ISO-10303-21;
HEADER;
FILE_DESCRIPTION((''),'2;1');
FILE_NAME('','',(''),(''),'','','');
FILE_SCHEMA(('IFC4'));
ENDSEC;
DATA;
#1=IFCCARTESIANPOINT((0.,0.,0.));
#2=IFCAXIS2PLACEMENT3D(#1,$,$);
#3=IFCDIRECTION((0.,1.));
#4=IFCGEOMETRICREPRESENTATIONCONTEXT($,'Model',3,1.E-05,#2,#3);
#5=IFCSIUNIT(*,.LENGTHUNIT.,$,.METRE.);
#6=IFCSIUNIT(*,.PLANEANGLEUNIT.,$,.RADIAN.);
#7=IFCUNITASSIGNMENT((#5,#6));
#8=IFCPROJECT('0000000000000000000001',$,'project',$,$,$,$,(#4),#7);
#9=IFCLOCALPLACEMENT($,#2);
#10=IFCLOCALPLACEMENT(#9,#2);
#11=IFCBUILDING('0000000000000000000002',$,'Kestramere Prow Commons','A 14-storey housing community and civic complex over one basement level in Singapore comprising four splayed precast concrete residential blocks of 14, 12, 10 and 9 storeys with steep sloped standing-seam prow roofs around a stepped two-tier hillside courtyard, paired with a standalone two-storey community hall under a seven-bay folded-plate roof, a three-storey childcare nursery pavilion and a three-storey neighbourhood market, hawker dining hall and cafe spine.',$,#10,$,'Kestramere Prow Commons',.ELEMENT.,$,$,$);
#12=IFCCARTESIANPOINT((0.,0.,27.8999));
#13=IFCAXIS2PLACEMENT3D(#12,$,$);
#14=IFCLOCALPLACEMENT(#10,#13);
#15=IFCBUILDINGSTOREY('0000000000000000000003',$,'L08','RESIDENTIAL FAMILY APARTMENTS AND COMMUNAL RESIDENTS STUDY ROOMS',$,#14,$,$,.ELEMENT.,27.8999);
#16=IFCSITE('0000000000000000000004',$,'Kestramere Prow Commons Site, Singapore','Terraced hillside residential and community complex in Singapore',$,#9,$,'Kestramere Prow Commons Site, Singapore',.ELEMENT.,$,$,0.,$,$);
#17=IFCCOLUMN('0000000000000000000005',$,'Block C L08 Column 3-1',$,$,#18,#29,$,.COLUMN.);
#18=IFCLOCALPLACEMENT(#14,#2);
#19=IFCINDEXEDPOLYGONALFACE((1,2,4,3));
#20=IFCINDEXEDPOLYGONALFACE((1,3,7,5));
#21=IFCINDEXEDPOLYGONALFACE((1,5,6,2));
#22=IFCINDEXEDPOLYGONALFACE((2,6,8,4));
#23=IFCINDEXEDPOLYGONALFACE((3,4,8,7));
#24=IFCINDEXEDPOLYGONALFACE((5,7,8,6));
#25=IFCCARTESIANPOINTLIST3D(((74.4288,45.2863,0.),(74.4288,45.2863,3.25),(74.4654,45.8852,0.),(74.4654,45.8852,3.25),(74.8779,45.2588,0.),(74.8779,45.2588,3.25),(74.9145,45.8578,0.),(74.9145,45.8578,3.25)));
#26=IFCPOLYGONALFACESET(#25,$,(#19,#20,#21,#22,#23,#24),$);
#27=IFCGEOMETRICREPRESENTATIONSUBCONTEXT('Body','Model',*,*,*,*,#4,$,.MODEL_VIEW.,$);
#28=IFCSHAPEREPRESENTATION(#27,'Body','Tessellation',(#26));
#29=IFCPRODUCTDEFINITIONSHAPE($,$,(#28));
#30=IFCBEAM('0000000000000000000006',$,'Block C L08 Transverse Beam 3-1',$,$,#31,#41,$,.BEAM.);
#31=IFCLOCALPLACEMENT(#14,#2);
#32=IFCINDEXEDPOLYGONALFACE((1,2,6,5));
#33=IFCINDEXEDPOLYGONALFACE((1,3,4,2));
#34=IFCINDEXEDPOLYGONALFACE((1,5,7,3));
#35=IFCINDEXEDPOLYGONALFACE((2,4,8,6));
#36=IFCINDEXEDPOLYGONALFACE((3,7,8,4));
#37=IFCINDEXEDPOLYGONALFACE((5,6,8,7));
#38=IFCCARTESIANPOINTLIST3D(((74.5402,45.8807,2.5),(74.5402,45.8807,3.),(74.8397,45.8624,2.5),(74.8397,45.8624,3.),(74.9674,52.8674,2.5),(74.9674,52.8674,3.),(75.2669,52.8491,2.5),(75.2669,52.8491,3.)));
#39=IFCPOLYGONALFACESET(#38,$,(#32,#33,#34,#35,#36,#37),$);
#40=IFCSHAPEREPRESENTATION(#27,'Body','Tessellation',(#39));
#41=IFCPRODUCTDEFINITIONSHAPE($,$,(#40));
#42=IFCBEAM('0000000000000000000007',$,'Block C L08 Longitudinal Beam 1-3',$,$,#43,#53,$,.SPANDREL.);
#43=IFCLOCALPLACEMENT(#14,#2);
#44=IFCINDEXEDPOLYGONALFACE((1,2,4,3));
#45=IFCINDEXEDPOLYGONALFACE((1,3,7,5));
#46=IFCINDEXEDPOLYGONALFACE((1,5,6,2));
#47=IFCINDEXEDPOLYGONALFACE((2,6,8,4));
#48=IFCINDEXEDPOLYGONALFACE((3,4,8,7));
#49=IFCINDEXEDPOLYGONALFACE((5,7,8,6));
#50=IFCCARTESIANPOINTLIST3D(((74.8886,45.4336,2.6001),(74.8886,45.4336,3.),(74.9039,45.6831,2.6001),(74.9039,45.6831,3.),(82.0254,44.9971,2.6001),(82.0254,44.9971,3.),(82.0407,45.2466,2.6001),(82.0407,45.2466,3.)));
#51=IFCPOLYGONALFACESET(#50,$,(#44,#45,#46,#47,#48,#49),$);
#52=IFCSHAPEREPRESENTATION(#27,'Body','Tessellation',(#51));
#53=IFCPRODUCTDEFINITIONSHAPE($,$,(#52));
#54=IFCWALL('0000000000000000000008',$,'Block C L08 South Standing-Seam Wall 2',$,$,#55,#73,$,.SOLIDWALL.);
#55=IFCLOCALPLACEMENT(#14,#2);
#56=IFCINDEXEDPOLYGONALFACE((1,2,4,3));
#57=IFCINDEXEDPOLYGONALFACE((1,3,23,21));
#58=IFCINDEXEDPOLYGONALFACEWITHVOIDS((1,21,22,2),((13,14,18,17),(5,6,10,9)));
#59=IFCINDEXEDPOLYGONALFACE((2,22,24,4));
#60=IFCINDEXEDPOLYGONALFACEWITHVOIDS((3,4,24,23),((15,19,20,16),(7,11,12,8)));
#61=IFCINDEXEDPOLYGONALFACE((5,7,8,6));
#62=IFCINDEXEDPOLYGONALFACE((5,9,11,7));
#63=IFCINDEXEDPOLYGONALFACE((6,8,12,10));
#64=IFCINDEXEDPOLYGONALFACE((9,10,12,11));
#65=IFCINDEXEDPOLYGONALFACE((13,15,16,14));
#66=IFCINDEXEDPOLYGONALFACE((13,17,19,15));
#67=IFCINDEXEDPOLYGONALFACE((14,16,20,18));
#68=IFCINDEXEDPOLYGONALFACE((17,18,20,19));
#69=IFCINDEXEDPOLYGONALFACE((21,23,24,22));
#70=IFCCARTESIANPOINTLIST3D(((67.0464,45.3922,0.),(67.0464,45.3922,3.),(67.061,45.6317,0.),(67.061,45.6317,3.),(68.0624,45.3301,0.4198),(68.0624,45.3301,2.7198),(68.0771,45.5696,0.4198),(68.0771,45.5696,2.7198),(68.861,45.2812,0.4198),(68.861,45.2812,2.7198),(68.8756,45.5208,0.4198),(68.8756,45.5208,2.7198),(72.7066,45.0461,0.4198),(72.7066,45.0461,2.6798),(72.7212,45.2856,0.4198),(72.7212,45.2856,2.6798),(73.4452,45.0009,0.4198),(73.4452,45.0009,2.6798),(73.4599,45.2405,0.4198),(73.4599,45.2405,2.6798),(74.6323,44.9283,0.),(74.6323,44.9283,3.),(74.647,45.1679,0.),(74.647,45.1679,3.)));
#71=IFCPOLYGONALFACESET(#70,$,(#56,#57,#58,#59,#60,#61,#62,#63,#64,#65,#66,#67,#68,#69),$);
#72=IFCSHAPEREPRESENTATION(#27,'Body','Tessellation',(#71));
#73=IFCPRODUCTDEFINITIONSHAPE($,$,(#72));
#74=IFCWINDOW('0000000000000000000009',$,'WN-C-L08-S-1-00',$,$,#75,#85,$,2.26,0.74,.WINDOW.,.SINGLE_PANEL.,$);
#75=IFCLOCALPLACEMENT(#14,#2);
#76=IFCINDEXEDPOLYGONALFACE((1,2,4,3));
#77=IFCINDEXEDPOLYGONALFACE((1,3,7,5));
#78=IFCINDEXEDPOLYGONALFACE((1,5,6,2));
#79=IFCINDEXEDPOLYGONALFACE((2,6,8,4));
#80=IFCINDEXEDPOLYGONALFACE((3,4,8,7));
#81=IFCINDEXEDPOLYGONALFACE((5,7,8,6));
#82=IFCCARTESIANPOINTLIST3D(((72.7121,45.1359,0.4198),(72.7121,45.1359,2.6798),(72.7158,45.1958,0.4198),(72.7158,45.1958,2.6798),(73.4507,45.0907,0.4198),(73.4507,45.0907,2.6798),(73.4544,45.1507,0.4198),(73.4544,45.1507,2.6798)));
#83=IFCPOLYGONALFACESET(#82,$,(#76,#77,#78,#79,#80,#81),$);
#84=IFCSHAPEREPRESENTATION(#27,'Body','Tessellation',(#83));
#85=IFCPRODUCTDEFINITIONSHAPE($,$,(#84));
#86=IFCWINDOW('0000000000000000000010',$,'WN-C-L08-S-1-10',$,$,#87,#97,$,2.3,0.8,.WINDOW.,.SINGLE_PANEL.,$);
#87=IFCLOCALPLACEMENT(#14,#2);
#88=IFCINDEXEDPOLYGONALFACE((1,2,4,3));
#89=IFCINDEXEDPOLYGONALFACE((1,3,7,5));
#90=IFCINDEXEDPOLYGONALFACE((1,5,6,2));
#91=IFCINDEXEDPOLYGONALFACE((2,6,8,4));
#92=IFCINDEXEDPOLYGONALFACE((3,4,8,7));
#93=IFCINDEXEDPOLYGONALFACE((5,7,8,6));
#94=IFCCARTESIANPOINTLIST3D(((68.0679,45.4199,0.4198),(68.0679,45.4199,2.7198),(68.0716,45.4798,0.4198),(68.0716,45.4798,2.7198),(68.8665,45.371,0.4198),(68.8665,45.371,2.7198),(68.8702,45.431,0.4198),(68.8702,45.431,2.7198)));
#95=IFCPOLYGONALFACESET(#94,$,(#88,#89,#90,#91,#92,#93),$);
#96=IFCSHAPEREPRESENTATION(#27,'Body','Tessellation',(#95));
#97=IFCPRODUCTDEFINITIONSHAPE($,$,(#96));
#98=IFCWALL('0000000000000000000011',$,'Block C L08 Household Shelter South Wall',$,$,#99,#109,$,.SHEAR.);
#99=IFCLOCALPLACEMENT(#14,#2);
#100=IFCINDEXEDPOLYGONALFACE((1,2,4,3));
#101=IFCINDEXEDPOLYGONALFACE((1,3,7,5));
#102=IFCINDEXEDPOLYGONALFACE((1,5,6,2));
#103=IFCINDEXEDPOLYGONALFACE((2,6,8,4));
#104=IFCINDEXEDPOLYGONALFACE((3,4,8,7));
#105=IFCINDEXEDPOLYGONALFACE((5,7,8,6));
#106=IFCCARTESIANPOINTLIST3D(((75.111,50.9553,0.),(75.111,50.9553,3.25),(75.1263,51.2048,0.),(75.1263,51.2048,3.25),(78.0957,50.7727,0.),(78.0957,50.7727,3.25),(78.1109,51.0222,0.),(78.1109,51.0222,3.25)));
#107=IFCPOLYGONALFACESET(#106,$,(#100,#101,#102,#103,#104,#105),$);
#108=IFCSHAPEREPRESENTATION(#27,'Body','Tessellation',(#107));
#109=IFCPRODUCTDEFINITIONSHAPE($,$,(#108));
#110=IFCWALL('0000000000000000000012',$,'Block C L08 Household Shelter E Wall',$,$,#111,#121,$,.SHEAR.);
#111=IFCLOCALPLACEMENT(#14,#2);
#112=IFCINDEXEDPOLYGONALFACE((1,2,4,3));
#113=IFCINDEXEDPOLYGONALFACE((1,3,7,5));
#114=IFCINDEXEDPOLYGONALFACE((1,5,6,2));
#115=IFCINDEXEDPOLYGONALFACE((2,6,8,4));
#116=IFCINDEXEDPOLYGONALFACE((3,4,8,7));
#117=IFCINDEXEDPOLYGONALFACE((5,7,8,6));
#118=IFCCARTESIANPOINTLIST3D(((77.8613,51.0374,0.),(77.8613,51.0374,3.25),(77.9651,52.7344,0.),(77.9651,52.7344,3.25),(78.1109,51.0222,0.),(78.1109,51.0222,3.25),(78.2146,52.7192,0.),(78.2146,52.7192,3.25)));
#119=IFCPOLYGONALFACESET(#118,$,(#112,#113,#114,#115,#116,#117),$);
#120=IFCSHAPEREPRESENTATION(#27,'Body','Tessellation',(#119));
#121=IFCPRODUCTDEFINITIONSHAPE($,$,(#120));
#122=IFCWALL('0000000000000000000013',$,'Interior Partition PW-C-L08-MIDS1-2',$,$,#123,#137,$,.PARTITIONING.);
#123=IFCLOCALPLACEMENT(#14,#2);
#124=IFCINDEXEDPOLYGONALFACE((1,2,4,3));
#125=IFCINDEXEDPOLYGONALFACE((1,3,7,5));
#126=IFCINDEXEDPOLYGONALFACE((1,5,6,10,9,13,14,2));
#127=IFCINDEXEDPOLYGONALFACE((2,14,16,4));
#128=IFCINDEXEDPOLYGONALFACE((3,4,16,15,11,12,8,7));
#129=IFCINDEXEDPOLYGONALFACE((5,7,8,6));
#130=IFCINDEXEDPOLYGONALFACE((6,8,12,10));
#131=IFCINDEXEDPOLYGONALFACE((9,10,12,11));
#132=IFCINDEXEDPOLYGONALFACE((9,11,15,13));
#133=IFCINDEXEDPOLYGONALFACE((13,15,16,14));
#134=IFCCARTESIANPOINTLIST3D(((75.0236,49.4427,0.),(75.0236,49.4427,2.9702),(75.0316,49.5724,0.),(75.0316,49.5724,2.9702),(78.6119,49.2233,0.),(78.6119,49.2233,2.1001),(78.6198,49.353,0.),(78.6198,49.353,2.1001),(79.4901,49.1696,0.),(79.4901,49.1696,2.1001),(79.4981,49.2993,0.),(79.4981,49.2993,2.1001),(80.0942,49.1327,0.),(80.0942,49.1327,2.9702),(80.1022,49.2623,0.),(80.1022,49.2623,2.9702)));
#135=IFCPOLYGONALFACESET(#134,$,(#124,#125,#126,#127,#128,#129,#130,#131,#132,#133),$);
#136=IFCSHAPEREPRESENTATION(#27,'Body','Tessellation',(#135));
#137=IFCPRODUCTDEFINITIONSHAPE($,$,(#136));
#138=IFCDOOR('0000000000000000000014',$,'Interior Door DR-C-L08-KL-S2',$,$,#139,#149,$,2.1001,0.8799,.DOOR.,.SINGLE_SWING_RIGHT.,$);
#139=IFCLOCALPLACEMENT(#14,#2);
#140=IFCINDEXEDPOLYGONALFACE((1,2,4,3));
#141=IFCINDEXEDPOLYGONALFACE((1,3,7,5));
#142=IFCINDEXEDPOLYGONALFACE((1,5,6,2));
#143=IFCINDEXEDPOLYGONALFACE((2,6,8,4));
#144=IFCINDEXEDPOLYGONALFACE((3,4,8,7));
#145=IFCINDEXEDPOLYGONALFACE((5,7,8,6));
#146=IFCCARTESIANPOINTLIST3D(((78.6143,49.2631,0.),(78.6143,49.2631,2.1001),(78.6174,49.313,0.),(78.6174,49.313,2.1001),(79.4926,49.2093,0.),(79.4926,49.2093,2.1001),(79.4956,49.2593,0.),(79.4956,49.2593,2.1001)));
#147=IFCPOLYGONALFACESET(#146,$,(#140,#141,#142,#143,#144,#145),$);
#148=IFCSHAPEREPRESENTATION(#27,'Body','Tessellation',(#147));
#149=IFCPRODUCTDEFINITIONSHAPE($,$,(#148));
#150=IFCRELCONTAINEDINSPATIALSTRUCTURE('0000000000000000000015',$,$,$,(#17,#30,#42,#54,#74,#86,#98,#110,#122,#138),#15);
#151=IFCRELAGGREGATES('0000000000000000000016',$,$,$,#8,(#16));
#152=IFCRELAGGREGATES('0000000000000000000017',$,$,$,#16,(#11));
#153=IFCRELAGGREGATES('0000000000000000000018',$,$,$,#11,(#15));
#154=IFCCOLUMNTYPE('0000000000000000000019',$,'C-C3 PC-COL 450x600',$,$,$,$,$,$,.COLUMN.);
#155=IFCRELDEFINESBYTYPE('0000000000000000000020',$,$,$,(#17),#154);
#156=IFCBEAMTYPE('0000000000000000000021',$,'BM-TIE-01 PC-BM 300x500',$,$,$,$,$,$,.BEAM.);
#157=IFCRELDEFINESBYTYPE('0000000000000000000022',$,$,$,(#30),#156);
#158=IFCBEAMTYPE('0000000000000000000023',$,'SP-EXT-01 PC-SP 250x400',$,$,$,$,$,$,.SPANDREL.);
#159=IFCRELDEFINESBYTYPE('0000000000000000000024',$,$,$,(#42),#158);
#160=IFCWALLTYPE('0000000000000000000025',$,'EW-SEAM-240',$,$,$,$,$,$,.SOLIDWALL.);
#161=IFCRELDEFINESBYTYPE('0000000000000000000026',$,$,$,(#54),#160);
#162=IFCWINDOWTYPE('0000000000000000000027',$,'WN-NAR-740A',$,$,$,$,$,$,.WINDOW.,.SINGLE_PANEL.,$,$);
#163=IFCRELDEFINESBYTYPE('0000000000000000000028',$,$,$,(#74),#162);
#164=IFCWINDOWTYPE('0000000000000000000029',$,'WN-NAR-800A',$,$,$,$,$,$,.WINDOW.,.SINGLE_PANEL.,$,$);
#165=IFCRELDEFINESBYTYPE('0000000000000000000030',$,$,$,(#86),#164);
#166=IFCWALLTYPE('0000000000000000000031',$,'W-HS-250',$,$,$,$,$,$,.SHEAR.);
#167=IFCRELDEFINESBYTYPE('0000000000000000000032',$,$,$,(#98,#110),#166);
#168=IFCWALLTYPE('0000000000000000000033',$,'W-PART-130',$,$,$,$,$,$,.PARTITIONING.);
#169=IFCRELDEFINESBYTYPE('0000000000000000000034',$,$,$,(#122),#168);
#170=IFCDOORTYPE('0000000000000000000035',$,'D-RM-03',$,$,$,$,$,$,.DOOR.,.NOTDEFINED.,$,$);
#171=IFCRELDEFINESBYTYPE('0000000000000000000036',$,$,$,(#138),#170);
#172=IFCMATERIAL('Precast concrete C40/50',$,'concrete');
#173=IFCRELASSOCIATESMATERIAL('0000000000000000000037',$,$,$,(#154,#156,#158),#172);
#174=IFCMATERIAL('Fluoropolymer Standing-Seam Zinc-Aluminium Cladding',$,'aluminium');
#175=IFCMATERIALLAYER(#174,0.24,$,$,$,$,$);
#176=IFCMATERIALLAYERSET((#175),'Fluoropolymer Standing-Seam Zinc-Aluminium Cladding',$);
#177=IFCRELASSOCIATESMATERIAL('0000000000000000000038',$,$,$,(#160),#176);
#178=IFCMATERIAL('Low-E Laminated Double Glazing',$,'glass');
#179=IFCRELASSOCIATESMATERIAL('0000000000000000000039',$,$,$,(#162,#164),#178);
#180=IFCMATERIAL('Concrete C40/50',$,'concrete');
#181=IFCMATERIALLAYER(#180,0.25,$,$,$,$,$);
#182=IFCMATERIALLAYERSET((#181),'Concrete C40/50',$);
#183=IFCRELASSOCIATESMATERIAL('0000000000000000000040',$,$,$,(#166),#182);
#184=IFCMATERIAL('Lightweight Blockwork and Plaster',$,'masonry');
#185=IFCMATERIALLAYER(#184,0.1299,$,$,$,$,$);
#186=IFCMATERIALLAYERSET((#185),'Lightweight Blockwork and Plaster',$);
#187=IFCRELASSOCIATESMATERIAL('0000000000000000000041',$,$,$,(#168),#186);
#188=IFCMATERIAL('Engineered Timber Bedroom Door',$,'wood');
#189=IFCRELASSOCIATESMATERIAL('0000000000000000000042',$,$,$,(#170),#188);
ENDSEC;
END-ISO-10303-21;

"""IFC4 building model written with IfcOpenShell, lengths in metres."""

from ifc_helpers import new_model, si_unit, direction, frame, frame_2d, origin, origin_2d, place, context, subcontext, project, spatial, rectangle, extrude, material, layer, layer_set, material_profile, profile_set, type_object, element, fill, save


model = new_model("IFC4")

# Units and contexts
model_context = context("Model", 3, precision=1e-05, world=origin(), true_north=direction((0.0, 1.0)))
body_context = subcontext(model_context, "Body", "Model", "MODEL_VIEW")
ifc_project = project(units=[si_unit("LENGTHUNIT", "METRE"), si_unit("PLANEANGLEUNIT", "RADIAN")], contexts=[model_context])

# Site, building, storey
site_placement = place(None, origin())
site = spatial("IfcSite", under=ifc_project, at=site_placement, Name="Kestramere Prow Commons Site, Singapore", Description="Terraced hillside residential and community complex in Singapore", LongName="Kestramere Prow Commons Site, Singapore", CompositionType="ELEMENT", RefElevation=0.0)
building_placement = place(site_placement, origin())
building = spatial("IfcBuilding", under=site, at=building_placement, Name="Kestramere Prow Commons", Description="A 14-storey housing community and civic complex over one basement level in Singapore comprising four splayed precast concrete residential blocks of 14, 12, 10 and 9 storeys with steep sloped standing-seam prow roofs around a stepped two-tier hillside courtyard, paired with a standalone two-storey community hall under a seven-bay folded-plate roof, a three-storey childcare nursery pavilion and a three-storey neighbourhood market, hawker dining hall and cafe spine.", LongName="Kestramere Prow Commons", CompositionType="ELEMENT")
storey_placement = place(building_placement, frame((0.0, 0.0, 27.8999)))
storey = spatial("IfcBuildingStorey", under=building, at=storey_placement, Name="L08", Description="RESIDENTIAL FAMILY APARTMENTS AND COMMUNAL RESIDENTS STUDY ROOMS", CompositionType="ELEMENT", Elevation=27.8999)

# Column
ifc_material_1 = material(Name="Precast concrete C40/50", Category="concrete")
ifc_material_profile_1 = material_profile(ifc_material_1, rectangle(XDim=0.45, YDim=0.6001, at=origin_2d()), Name="PC-COL 450x600")
ifc_profile_set_1 = profile_set([ifc_material_profile_1], Name="Precast concrete C40/50")
column_type = type_object("IfcColumnType", Name="C-C3 PC-COL 450x600", PredefinedType="COLUMN", material=ifc_profile_set_1)
column_placement = place(storey_placement, frame((74.6716, 45.572, 0.0), z_axis=(0.0, 0.0, 1.0), x_axis=(0.998135, -0.061049, 0.0)))
element("IfcColumn", 1, at=column_placement, inside=storey, type_object=column_type, Name="Block C L08 Column 3-1", PredefinedType="COLUMN", context=body_context, shape_type="SweptSolid", body=[
    extrude(rectangle(XDim=0.45, YDim=0.6001, at=origin_2d()), origin(), (0.0, 0.0, 1.0), 3.25),
])

# Beams
ifc_material_profile_2 = material_profile(ifc_material_1, rectangle(XDim=0.3, YDim=0.5, at=origin_2d()), Name="PC-BM 300x500")
ifc_profile_set_2 = profile_set([ifc_material_profile_2], Name="Precast concrete C40/50")
beam_type_1 = type_object("IfcBeamType", Name="BM-TIE-01 PC-BM 300x500", PredefinedType="BEAM", material=ifc_profile_set_2)
beam_1_placement = place(storey_placement, frame((74.6899, 45.8716, 2.75), z_axis=(0.061036, 0.998136, 0.0), x_axis=(-0.998136, 0.061036, 0.0)))
element("IfcBeam", 2, at=beam_1_placement, inside=storey, type_object=beam_type_1, Name="Block C L08 Transverse Beam 3-1", PredefinedType="BEAM", context=body_context, shape_type="SweptSolid", body=[
    extrude(rectangle(XDim=0.3, YDim=0.5, at=origin_2d()), origin(), (0.0, 0.0, 1.0), 6.9998),
])
ifc_material_profile_3 = material_profile(ifc_material_1, rectangle(XDim=0.25, YDim=0.3999, at=origin_2d()), Name="PC-SP 250x400")
ifc_profile_set_3 = profile_set([ifc_material_profile_3], Name="Precast concrete C40/50")
beam_type_2 = type_object("IfcBeamType", Name="SP-EXT-01 PC-SP 250x400", PredefinedType="SPANDREL", material=ifc_profile_set_3)
beam_2_placement = place(storey_placement, frame((74.8962, 45.5583, 2.8), z_axis=(0.998135, -0.061052, 0.0), x_axis=(0.061052, 0.998135, 0.0)))
element("IfcBeam", 3, at=beam_2_placement, inside=storey, type_object=beam_type_2, Name="Block C L08 Longitudinal Beam 1-3", PredefinedType="SPANDREL", context=body_context, shape_type="SweptSolid", body=[
    extrude(rectangle(XDim=0.25, YDim=0.3999, at=origin_2d()), origin(), (0.0, 0.0, 1.0), 7.1501),
])

# Wall, openings, windows
ifc_material_2 = material(Name="Fluoropolymer Standing-Seam Zinc-Aluminium Cladding", Category="aluminium")
ifc_layer_1 = layer(ifc_material_2, 0.24)
ifc_layer_set_1 = layer_set([ifc_layer_1], Name="Fluoropolymer Standing-Seam Zinc-Aluminium Cladding")
wall_type_1 = type_object("IfcWallType", Name="EW-SEAM-240", PredefinedType="SOLIDWALL", material=ifc_layer_set_1)
wall_1_placement = place(storey_placement, frame((74.6396, 45.0481, 0.0), z_axis=(0.0, 0.0, 1.0), x_axis=(-0.998136, 0.061034, 0.0)))
wall_1 = element("IfcWall", 4, at=wall_1_placement, inside=storey, type_object=wall_type_1, Name="Block C L08 South Standing-Seam Wall 2", PredefinedType="SOLIDWALL", context=body_context, shape_type="SweptSolid", body=[
    extrude(rectangle(XDim=7.6001, YDim=0.24, at=frame_2d((3.8, 0.0))), origin(), (0.0, 0.0, 1.0), 3.0),
])
opening_1_placement = place(wall_1_placement, frame((1.1892, 0.0, 0.4199)))
opening_1 = element("IfcOpeningElement", 5, at=opening_1_placement, cuts=wall_1, PredefinedType="OPENING", context=body_context, shape_type="SweptSolid", body=[
    extrude(rectangle(XDim=0.74, YDim=2.26, at=frame_2d((0.3701, 1.1299))), frame((0.0, 0.135, 0.0), z_axis=(0.0, -1.0, 0.0), x_axis=(1.0, 0.0, 0.0)), (0.0, 0.0, 1.0), 0.27),
])
opening_2_placement = place(wall_1_placement, frame((5.7822, 0.0, 0.4199)))
opening_2 = element("IfcOpeningElement", 6, at=opening_2_placement, cuts=wall_1, PredefinedType="OPENING", context=body_context, shape_type="SweptSolid", body=[
    extrude(rectangle(XDim=0.8, YDim=2.3, at=frame_2d((0.3999, 1.1499))), frame((0.0, 0.135, 0.0), z_axis=(0.0, -1.0, 0.0), x_axis=(1.0, 0.0, 0.0)), (0.0, 0.0, 1.0), 0.27),
])
ifc_material_3 = material(Name="Low-E Laminated Double Glazing", Category="glass")
window_type_1 = type_object("IfcWindowType", Name="WN-NAR-740A", PartitioningType="SINGLE_PANEL", PredefinedType="WINDOW", material=ifc_material_3)
window_1_placement = place(opening_1_placement, origin())
window_1 = element("IfcWindow", 7, at=window_1_placement, inside=storey, type_object=window_type_1, Name="WN-C-L08-S-1-00", OverallHeight=2.26, OverallWidth=0.74, PartitioningType="SINGLE_PANEL", PredefinedType="WINDOW", context=body_context, shape_type="SweptSolid", body=[
    extrude(rectangle(XDim=0.74, YDim=2.26, at=frame_2d((0.3701, 1.1299))), frame((0.0, 0.03, 0.0), z_axis=(0.0, -1.0, 0.0), x_axis=(1.0, 0.0, 0.0)), (0.0, 0.0, 1.0), 0.0601),
])
fill(opening_1, window_1)
window_type_2 = type_object("IfcWindowType", Name="WN-NAR-800A", PartitioningType="SINGLE_PANEL", PredefinedType="WINDOW", material=ifc_material_3)
window_2_placement = place(opening_2_placement, origin())
window_2 = element("IfcWindow", 8, at=window_2_placement, inside=storey, type_object=window_type_2, Name="WN-C-L08-S-1-10", OverallHeight=2.3, OverallWidth=0.8, PartitioningType="SINGLE_PANEL", PredefinedType="WINDOW", context=body_context, shape_type="SweptSolid", body=[
    extrude(rectangle(XDim=0.8, YDim=2.3, at=frame_2d((0.3999, 1.1499))), frame((0.0, 0.03, 0.0), z_axis=(0.0, -1.0, 0.0), x_axis=(1.0, 0.0, 0.0)), (0.0, 0.0, 1.0), 0.0601),
])
fill(opening_2, window_2)

# Walls
ifc_material_4 = material(Name="Concrete C40/50", Category="concrete")
ifc_layer_2 = layer(ifc_material_4, 0.25)
ifc_layer_set_2 = layer_set([ifc_layer_2], Name="Concrete C40/50")
wall_type_2 = type_object("IfcWallType", Name="W-HS-250", PredefinedType="SHEAR", material=ifc_layer_set_2)
wall_2_placement = place(storey_placement, frame((75.1187, 51.0801, 0.0), z_axis=(0.0, 0.0, 1.0), x_axis=(0.998133, -0.061072, 0.0)))
element("IfcWall", 9, at=wall_2_placement, inside=storey, type_object=wall_type_2, Name="Block C L08 Household Shelter South Wall", PredefinedType="SHEAR", context=body_context, shape_type="SweptSolid", body=[
    extrude(rectangle(XDim=2.9902, YDim=0.25, at=frame_2d((1.4951, 0.0))), origin(), (0.0, 0.0, 1.0), 3.25),
])
wall_3_placement = place(storey_placement, frame((77.9861, 51.0298, 0.0), z_axis=(0.0, 0.0, 1.0), x_axis=(0.061028, 0.998136, 0.0)))
element("IfcWall", 10, at=wall_3_placement, inside=storey, type_object=wall_type_2, Name="Block C L08 Household Shelter E Wall", PredefinedType="SHEAR", context=body_context, shape_type="SweptSolid", body=[
    extrude(rectangle(XDim=1.7002, YDim=0.25, at=frame_2d((0.8501, 0.0))), origin(), (0.0, 0.0, 1.0), 3.25),
])

# Wall, opening, door
ifc_material_5 = material(Name="Lightweight Blockwork and Plaster", Category="masonry")
ifc_layer_3 = layer(ifc_material_5, 0.1299)
ifc_layer_set_3 = layer_set([ifc_layer_3], Name="Lightweight Blockwork and Plaster")
wall_type_3 = type_object("IfcWallType", Name="W-PART-130", PredefinedType="PARTITIONING", material=ifc_layer_set_3)
wall_4_placement = place(storey_placement, frame((75.0276, 49.5076, 0.0), z_axis=(0.0, 0.0, 1.0), x_axis=(0.998136, -0.061035, 0.0)))
wall_4 = element("IfcWall", 11, at=wall_4_placement, inside=storey, type_object=wall_type_3, Name="Interior Partition PW-C-L08-MIDS1-2", PredefinedType="PARTITIONING", context=body_context, shape_type="SweptSolid", body=[
    extrude(rectangle(XDim=5.0801, YDim=0.1299, at=frame_2d((2.54, 0.0))), origin(), (0.0, 0.0, 1.0), 2.9702),
])
opening_3_placement = place(wall_4_placement, frame((3.595, 0.0, 0.0)))
opening_3 = element("IfcOpeningElement", 12, at=opening_3_placement, cuts=wall_4, PredefinedType="OPENING", context=body_context, shape_type="SweptSolid", body=[
    extrude(rectangle(XDim=0.8799, YDim=2.1001, at=frame_2d((0.4399, 1.05))), frame((0.0, 0.0798, 0.0), z_axis=(0.0, -1.0, 0.0), x_axis=(1.0, 0.0, 0.0)), (0.0, 0.0, 1.0), 0.1599),
])
ifc_material_6 = material(Name="Engineered Timber Bedroom Door", Category="wood")
door_type_1 = type_object("IfcDoorType", Name="D-RM-03", OperationType="NOTDEFINED", PredefinedType="DOOR", material=ifc_material_6)
door_1_placement = place(opening_3_placement, origin())
door_1 = element("IfcDoor", 13, at=door_1_placement, inside=storey, type_object=door_type_1, Name="Interior Door DR-C-L08-KL-S2", OperationType="SINGLE_SWING_RIGHT", OverallHeight=2.1001, OverallWidth=0.8799, PredefinedType="DOOR", context=body_context, shape_type="SweptSolid", body=[
    extrude(rectangle(XDim=0.8799, YDim=2.1001, at=frame_2d((0.4399, 1.05))), frame((0.0, 0.0249, 0.0), z_axis=(0.0, -1.0, 0.0), x_axis=(1.0, 0.0, 0.0)), (0.0, 0.0, 1.0), 0.05),
])
fill(opening_3, door_1)

save(model, "model.ifc")
